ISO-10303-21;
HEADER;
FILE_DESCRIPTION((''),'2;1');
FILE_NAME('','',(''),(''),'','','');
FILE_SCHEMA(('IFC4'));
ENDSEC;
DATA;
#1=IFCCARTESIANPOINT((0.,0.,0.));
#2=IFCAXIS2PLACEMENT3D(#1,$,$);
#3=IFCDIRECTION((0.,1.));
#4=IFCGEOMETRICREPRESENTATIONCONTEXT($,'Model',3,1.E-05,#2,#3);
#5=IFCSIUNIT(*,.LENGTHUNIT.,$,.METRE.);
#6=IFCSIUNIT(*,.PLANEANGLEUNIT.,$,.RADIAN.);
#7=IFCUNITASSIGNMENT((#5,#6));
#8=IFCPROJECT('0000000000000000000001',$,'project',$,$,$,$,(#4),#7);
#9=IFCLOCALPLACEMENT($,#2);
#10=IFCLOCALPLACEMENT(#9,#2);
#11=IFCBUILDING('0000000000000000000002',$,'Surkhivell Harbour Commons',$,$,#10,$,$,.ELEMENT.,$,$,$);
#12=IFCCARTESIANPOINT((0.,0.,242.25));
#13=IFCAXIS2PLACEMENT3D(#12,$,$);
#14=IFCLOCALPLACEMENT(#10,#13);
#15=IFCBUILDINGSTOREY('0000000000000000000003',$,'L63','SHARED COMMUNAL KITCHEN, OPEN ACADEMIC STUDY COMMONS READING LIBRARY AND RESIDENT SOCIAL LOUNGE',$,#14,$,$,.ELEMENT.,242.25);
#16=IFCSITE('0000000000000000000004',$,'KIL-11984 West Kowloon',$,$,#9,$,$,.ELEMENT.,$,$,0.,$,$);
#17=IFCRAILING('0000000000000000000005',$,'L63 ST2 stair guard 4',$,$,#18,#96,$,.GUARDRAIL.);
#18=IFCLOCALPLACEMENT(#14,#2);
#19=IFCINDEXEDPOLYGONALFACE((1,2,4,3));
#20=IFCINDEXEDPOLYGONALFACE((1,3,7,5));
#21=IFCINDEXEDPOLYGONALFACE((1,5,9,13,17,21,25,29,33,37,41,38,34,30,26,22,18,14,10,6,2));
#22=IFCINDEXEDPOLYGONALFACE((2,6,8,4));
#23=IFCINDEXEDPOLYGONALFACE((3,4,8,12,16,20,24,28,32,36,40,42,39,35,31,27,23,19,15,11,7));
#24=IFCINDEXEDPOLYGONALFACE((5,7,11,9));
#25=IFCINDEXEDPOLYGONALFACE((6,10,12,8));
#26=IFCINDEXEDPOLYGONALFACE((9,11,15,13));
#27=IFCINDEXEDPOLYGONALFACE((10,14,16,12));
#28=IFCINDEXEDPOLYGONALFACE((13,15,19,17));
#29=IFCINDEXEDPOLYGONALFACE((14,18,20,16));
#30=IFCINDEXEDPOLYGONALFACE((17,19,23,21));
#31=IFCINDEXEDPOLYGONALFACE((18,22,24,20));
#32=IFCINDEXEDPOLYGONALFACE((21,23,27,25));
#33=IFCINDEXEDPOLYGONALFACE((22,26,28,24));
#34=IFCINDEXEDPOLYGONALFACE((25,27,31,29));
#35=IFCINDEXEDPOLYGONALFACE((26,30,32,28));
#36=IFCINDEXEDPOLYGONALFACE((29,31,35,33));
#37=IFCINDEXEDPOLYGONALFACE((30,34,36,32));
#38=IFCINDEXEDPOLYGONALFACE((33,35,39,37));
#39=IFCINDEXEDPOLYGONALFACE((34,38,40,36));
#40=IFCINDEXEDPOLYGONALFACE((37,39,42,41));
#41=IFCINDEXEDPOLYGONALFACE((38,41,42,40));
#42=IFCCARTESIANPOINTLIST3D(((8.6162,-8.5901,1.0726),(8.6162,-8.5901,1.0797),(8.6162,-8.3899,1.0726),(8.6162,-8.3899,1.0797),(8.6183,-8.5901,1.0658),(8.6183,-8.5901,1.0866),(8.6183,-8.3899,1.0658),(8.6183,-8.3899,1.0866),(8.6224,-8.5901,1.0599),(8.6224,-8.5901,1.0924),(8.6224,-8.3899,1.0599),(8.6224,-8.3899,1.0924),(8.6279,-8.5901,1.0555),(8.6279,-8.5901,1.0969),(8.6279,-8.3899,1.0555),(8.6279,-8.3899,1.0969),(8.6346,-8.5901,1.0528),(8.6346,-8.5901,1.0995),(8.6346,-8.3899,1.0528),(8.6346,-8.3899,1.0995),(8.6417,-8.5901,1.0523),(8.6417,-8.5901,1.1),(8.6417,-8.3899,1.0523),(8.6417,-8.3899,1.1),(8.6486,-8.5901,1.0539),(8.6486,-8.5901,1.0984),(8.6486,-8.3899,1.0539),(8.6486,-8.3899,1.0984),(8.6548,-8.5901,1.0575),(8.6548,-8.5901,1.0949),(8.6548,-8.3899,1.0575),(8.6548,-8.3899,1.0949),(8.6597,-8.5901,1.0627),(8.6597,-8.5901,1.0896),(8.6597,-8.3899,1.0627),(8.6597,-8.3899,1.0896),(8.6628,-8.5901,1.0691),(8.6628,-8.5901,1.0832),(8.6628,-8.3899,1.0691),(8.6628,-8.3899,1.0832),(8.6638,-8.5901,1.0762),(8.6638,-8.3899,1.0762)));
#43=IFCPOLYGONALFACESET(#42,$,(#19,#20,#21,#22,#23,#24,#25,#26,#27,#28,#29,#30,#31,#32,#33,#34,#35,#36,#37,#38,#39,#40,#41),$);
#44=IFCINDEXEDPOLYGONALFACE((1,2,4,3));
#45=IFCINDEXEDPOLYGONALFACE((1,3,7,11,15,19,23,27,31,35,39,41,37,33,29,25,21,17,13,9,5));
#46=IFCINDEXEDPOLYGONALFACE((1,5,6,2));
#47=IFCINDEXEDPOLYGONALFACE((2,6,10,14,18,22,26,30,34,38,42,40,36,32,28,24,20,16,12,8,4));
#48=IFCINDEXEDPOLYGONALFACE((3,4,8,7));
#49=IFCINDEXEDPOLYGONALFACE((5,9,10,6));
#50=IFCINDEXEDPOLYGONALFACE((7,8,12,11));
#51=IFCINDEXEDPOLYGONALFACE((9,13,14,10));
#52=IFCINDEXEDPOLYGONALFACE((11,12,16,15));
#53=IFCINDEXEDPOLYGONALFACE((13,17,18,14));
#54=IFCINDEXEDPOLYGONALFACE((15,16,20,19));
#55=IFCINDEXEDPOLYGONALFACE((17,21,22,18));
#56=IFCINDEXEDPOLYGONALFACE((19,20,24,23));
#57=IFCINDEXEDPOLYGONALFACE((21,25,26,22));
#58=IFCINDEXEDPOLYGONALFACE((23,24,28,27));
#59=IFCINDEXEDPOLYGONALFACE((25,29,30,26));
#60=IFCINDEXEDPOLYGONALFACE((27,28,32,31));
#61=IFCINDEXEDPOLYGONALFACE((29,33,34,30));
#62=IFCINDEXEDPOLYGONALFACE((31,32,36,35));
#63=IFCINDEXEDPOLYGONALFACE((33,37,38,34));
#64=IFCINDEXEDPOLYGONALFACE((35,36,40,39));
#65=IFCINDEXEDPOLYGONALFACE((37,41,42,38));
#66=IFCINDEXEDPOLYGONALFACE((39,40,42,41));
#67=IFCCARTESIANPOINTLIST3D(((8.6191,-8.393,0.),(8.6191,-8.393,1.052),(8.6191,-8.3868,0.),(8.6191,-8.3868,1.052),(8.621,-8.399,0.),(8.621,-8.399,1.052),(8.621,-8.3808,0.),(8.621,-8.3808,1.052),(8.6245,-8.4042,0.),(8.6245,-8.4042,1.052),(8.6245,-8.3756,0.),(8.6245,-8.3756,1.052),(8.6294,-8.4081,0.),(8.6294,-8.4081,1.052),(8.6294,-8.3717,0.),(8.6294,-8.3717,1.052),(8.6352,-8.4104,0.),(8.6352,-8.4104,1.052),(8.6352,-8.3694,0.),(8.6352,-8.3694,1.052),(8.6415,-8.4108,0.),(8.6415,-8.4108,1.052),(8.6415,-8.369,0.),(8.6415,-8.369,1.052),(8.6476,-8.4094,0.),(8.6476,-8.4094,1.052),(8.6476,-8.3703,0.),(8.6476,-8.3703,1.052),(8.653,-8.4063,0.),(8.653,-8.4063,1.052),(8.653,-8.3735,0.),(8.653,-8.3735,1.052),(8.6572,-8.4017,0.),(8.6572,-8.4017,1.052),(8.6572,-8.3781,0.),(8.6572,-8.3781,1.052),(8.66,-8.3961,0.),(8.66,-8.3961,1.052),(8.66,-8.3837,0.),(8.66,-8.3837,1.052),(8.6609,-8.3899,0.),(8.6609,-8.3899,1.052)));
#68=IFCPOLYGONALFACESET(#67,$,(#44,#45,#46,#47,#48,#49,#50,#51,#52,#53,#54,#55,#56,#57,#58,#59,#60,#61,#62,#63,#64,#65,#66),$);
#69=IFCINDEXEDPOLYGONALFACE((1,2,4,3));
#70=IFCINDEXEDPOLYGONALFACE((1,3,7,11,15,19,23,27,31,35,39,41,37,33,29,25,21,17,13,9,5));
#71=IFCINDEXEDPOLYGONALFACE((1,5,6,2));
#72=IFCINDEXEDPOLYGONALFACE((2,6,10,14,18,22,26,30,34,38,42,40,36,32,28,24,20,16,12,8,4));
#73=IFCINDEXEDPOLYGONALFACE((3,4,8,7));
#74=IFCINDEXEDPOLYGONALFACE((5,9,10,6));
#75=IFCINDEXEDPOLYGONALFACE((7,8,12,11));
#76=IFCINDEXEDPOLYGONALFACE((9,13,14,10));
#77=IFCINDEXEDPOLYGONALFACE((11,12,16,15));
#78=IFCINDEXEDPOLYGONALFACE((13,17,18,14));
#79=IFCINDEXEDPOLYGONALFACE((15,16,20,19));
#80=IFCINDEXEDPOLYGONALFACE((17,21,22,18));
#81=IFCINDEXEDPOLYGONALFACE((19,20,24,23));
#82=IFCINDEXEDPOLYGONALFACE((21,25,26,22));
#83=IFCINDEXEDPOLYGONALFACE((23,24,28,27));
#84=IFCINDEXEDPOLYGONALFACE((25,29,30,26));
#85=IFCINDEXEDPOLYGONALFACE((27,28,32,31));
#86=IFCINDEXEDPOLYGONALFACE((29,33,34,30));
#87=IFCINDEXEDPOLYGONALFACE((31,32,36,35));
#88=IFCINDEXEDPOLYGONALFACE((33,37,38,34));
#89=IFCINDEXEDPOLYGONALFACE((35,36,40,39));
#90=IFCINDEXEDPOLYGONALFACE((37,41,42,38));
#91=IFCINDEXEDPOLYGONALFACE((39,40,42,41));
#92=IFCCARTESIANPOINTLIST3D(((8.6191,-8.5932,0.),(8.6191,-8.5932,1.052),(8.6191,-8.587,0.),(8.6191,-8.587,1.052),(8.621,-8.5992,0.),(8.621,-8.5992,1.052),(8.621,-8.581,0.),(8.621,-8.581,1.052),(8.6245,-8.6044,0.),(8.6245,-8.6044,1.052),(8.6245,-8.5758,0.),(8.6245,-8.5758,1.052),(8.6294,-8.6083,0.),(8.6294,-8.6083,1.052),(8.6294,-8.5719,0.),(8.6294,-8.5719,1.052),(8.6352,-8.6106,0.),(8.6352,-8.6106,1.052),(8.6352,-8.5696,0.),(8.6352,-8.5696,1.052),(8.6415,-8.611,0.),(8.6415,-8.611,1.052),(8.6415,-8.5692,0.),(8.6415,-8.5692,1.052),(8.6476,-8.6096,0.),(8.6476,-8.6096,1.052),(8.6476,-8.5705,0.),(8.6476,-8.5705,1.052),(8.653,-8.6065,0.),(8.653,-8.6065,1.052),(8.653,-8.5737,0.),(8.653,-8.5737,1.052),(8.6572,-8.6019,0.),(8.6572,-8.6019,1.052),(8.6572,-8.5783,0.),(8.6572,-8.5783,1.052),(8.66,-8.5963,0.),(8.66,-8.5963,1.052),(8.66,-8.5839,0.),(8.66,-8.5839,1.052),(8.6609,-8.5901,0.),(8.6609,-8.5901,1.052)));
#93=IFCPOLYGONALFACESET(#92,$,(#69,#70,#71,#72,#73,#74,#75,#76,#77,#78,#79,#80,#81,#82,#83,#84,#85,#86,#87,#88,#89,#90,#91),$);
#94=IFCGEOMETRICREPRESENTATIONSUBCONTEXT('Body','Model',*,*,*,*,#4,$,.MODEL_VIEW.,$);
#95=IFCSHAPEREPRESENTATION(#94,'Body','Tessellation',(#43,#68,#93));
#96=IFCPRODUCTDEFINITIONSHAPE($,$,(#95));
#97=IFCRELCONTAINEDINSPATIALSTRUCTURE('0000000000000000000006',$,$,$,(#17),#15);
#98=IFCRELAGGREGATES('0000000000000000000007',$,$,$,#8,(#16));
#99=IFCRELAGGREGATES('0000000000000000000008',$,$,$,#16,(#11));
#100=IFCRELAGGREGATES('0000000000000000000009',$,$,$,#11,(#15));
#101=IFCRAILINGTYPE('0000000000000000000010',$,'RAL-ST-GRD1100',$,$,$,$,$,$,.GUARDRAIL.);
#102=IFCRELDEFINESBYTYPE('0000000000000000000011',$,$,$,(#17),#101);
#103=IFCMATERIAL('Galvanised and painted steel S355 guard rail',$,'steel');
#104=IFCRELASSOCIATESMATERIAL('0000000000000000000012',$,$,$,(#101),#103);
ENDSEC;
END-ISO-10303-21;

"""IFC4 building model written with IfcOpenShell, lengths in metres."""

from ifc_helpers import new_model, si_unit, direction, frame, origin, origin_2d, place, context, subcontext, project, spatial, circle, extrude, material, type_object, element, save


model = new_model("IFC4")

# Units and contexts
model_context = context("Model", 3, precision=1e-05, world=origin(), true_north=direction((0.0, 1.0)))
body_context = subcontext(model_context, "Body", "Model", "MODEL_VIEW")
ifc_project = project(units=[si_unit("LENGTHUNIT", "METRE"), si_unit("PLANEANGLEUNIT", "RADIAN")], contexts=[model_context])

# Site, building, storey
site_placement = place(None, origin())
site = spatial("IfcSite", under=ifc_project, at=site_placement, Name="KIL-11984 West Kowloon", CompositionType="ELEMENT", RefElevation=0.0)
building_placement = place(site_placement, origin())
building = spatial("IfcBuilding", under=site, at=building_placement, Name="Surkhivell Harbour Commons", CompositionType="ELEMENT")
storey_placement = place(building_placement, frame((0.0, 0.0, 242.25)))
storey = spatial("IfcBuildingStorey", under=building, at=storey_placement, Name="L63", Description="SHARED COMMUNAL KITCHEN, OPEN ACADEMIC STUDY COMMONS READING LIBRARY AND RESIDENT SOCIAL LOUNGE", CompositionType="ELEMENT", Elevation=242.25)

# Railing
ifc_material_1 = material(Name="Galvanised and painted steel S355 guard rail", Category="steel")
railing_type = type_object("IfcRailingType", Name="RAL-ST-GRD1100", PredefinedType="GUARDRAIL", material=ifc_material_1)
railing_1_placement = place(storey_placement, frame((8.6399, -8.3899, 0.0)))
element("IfcRailing", 1, at=railing_1_placement, inside=storey, type_object=railing_type, Name="L63 ST2 stair guard 4", PredefinedType="GUARDRAIL", context=body_context, shape_type="SweptSolid", body=[
    extrude(circle(Radius=0.0239, at=origin_2d()), frame((0.0, 0.0, 1.0762), z_axis=(0.0, -1.0, 0.0), x_axis=(1.0, 0.0, 0.0)), (0.0, 0.0, 1.0), 0.2002),
    extrude(circle(Radius=0.021, at=origin_2d()), origin(), (0.0, 0.0, 1.0), 1.052),
    extrude(circle(Radius=0.021, at=origin_2d()), frame((0.0, -0.2002, 0.0)), (0.0, 0.0, 1.0), 1.052),
])

save(model, "model.ifc")
